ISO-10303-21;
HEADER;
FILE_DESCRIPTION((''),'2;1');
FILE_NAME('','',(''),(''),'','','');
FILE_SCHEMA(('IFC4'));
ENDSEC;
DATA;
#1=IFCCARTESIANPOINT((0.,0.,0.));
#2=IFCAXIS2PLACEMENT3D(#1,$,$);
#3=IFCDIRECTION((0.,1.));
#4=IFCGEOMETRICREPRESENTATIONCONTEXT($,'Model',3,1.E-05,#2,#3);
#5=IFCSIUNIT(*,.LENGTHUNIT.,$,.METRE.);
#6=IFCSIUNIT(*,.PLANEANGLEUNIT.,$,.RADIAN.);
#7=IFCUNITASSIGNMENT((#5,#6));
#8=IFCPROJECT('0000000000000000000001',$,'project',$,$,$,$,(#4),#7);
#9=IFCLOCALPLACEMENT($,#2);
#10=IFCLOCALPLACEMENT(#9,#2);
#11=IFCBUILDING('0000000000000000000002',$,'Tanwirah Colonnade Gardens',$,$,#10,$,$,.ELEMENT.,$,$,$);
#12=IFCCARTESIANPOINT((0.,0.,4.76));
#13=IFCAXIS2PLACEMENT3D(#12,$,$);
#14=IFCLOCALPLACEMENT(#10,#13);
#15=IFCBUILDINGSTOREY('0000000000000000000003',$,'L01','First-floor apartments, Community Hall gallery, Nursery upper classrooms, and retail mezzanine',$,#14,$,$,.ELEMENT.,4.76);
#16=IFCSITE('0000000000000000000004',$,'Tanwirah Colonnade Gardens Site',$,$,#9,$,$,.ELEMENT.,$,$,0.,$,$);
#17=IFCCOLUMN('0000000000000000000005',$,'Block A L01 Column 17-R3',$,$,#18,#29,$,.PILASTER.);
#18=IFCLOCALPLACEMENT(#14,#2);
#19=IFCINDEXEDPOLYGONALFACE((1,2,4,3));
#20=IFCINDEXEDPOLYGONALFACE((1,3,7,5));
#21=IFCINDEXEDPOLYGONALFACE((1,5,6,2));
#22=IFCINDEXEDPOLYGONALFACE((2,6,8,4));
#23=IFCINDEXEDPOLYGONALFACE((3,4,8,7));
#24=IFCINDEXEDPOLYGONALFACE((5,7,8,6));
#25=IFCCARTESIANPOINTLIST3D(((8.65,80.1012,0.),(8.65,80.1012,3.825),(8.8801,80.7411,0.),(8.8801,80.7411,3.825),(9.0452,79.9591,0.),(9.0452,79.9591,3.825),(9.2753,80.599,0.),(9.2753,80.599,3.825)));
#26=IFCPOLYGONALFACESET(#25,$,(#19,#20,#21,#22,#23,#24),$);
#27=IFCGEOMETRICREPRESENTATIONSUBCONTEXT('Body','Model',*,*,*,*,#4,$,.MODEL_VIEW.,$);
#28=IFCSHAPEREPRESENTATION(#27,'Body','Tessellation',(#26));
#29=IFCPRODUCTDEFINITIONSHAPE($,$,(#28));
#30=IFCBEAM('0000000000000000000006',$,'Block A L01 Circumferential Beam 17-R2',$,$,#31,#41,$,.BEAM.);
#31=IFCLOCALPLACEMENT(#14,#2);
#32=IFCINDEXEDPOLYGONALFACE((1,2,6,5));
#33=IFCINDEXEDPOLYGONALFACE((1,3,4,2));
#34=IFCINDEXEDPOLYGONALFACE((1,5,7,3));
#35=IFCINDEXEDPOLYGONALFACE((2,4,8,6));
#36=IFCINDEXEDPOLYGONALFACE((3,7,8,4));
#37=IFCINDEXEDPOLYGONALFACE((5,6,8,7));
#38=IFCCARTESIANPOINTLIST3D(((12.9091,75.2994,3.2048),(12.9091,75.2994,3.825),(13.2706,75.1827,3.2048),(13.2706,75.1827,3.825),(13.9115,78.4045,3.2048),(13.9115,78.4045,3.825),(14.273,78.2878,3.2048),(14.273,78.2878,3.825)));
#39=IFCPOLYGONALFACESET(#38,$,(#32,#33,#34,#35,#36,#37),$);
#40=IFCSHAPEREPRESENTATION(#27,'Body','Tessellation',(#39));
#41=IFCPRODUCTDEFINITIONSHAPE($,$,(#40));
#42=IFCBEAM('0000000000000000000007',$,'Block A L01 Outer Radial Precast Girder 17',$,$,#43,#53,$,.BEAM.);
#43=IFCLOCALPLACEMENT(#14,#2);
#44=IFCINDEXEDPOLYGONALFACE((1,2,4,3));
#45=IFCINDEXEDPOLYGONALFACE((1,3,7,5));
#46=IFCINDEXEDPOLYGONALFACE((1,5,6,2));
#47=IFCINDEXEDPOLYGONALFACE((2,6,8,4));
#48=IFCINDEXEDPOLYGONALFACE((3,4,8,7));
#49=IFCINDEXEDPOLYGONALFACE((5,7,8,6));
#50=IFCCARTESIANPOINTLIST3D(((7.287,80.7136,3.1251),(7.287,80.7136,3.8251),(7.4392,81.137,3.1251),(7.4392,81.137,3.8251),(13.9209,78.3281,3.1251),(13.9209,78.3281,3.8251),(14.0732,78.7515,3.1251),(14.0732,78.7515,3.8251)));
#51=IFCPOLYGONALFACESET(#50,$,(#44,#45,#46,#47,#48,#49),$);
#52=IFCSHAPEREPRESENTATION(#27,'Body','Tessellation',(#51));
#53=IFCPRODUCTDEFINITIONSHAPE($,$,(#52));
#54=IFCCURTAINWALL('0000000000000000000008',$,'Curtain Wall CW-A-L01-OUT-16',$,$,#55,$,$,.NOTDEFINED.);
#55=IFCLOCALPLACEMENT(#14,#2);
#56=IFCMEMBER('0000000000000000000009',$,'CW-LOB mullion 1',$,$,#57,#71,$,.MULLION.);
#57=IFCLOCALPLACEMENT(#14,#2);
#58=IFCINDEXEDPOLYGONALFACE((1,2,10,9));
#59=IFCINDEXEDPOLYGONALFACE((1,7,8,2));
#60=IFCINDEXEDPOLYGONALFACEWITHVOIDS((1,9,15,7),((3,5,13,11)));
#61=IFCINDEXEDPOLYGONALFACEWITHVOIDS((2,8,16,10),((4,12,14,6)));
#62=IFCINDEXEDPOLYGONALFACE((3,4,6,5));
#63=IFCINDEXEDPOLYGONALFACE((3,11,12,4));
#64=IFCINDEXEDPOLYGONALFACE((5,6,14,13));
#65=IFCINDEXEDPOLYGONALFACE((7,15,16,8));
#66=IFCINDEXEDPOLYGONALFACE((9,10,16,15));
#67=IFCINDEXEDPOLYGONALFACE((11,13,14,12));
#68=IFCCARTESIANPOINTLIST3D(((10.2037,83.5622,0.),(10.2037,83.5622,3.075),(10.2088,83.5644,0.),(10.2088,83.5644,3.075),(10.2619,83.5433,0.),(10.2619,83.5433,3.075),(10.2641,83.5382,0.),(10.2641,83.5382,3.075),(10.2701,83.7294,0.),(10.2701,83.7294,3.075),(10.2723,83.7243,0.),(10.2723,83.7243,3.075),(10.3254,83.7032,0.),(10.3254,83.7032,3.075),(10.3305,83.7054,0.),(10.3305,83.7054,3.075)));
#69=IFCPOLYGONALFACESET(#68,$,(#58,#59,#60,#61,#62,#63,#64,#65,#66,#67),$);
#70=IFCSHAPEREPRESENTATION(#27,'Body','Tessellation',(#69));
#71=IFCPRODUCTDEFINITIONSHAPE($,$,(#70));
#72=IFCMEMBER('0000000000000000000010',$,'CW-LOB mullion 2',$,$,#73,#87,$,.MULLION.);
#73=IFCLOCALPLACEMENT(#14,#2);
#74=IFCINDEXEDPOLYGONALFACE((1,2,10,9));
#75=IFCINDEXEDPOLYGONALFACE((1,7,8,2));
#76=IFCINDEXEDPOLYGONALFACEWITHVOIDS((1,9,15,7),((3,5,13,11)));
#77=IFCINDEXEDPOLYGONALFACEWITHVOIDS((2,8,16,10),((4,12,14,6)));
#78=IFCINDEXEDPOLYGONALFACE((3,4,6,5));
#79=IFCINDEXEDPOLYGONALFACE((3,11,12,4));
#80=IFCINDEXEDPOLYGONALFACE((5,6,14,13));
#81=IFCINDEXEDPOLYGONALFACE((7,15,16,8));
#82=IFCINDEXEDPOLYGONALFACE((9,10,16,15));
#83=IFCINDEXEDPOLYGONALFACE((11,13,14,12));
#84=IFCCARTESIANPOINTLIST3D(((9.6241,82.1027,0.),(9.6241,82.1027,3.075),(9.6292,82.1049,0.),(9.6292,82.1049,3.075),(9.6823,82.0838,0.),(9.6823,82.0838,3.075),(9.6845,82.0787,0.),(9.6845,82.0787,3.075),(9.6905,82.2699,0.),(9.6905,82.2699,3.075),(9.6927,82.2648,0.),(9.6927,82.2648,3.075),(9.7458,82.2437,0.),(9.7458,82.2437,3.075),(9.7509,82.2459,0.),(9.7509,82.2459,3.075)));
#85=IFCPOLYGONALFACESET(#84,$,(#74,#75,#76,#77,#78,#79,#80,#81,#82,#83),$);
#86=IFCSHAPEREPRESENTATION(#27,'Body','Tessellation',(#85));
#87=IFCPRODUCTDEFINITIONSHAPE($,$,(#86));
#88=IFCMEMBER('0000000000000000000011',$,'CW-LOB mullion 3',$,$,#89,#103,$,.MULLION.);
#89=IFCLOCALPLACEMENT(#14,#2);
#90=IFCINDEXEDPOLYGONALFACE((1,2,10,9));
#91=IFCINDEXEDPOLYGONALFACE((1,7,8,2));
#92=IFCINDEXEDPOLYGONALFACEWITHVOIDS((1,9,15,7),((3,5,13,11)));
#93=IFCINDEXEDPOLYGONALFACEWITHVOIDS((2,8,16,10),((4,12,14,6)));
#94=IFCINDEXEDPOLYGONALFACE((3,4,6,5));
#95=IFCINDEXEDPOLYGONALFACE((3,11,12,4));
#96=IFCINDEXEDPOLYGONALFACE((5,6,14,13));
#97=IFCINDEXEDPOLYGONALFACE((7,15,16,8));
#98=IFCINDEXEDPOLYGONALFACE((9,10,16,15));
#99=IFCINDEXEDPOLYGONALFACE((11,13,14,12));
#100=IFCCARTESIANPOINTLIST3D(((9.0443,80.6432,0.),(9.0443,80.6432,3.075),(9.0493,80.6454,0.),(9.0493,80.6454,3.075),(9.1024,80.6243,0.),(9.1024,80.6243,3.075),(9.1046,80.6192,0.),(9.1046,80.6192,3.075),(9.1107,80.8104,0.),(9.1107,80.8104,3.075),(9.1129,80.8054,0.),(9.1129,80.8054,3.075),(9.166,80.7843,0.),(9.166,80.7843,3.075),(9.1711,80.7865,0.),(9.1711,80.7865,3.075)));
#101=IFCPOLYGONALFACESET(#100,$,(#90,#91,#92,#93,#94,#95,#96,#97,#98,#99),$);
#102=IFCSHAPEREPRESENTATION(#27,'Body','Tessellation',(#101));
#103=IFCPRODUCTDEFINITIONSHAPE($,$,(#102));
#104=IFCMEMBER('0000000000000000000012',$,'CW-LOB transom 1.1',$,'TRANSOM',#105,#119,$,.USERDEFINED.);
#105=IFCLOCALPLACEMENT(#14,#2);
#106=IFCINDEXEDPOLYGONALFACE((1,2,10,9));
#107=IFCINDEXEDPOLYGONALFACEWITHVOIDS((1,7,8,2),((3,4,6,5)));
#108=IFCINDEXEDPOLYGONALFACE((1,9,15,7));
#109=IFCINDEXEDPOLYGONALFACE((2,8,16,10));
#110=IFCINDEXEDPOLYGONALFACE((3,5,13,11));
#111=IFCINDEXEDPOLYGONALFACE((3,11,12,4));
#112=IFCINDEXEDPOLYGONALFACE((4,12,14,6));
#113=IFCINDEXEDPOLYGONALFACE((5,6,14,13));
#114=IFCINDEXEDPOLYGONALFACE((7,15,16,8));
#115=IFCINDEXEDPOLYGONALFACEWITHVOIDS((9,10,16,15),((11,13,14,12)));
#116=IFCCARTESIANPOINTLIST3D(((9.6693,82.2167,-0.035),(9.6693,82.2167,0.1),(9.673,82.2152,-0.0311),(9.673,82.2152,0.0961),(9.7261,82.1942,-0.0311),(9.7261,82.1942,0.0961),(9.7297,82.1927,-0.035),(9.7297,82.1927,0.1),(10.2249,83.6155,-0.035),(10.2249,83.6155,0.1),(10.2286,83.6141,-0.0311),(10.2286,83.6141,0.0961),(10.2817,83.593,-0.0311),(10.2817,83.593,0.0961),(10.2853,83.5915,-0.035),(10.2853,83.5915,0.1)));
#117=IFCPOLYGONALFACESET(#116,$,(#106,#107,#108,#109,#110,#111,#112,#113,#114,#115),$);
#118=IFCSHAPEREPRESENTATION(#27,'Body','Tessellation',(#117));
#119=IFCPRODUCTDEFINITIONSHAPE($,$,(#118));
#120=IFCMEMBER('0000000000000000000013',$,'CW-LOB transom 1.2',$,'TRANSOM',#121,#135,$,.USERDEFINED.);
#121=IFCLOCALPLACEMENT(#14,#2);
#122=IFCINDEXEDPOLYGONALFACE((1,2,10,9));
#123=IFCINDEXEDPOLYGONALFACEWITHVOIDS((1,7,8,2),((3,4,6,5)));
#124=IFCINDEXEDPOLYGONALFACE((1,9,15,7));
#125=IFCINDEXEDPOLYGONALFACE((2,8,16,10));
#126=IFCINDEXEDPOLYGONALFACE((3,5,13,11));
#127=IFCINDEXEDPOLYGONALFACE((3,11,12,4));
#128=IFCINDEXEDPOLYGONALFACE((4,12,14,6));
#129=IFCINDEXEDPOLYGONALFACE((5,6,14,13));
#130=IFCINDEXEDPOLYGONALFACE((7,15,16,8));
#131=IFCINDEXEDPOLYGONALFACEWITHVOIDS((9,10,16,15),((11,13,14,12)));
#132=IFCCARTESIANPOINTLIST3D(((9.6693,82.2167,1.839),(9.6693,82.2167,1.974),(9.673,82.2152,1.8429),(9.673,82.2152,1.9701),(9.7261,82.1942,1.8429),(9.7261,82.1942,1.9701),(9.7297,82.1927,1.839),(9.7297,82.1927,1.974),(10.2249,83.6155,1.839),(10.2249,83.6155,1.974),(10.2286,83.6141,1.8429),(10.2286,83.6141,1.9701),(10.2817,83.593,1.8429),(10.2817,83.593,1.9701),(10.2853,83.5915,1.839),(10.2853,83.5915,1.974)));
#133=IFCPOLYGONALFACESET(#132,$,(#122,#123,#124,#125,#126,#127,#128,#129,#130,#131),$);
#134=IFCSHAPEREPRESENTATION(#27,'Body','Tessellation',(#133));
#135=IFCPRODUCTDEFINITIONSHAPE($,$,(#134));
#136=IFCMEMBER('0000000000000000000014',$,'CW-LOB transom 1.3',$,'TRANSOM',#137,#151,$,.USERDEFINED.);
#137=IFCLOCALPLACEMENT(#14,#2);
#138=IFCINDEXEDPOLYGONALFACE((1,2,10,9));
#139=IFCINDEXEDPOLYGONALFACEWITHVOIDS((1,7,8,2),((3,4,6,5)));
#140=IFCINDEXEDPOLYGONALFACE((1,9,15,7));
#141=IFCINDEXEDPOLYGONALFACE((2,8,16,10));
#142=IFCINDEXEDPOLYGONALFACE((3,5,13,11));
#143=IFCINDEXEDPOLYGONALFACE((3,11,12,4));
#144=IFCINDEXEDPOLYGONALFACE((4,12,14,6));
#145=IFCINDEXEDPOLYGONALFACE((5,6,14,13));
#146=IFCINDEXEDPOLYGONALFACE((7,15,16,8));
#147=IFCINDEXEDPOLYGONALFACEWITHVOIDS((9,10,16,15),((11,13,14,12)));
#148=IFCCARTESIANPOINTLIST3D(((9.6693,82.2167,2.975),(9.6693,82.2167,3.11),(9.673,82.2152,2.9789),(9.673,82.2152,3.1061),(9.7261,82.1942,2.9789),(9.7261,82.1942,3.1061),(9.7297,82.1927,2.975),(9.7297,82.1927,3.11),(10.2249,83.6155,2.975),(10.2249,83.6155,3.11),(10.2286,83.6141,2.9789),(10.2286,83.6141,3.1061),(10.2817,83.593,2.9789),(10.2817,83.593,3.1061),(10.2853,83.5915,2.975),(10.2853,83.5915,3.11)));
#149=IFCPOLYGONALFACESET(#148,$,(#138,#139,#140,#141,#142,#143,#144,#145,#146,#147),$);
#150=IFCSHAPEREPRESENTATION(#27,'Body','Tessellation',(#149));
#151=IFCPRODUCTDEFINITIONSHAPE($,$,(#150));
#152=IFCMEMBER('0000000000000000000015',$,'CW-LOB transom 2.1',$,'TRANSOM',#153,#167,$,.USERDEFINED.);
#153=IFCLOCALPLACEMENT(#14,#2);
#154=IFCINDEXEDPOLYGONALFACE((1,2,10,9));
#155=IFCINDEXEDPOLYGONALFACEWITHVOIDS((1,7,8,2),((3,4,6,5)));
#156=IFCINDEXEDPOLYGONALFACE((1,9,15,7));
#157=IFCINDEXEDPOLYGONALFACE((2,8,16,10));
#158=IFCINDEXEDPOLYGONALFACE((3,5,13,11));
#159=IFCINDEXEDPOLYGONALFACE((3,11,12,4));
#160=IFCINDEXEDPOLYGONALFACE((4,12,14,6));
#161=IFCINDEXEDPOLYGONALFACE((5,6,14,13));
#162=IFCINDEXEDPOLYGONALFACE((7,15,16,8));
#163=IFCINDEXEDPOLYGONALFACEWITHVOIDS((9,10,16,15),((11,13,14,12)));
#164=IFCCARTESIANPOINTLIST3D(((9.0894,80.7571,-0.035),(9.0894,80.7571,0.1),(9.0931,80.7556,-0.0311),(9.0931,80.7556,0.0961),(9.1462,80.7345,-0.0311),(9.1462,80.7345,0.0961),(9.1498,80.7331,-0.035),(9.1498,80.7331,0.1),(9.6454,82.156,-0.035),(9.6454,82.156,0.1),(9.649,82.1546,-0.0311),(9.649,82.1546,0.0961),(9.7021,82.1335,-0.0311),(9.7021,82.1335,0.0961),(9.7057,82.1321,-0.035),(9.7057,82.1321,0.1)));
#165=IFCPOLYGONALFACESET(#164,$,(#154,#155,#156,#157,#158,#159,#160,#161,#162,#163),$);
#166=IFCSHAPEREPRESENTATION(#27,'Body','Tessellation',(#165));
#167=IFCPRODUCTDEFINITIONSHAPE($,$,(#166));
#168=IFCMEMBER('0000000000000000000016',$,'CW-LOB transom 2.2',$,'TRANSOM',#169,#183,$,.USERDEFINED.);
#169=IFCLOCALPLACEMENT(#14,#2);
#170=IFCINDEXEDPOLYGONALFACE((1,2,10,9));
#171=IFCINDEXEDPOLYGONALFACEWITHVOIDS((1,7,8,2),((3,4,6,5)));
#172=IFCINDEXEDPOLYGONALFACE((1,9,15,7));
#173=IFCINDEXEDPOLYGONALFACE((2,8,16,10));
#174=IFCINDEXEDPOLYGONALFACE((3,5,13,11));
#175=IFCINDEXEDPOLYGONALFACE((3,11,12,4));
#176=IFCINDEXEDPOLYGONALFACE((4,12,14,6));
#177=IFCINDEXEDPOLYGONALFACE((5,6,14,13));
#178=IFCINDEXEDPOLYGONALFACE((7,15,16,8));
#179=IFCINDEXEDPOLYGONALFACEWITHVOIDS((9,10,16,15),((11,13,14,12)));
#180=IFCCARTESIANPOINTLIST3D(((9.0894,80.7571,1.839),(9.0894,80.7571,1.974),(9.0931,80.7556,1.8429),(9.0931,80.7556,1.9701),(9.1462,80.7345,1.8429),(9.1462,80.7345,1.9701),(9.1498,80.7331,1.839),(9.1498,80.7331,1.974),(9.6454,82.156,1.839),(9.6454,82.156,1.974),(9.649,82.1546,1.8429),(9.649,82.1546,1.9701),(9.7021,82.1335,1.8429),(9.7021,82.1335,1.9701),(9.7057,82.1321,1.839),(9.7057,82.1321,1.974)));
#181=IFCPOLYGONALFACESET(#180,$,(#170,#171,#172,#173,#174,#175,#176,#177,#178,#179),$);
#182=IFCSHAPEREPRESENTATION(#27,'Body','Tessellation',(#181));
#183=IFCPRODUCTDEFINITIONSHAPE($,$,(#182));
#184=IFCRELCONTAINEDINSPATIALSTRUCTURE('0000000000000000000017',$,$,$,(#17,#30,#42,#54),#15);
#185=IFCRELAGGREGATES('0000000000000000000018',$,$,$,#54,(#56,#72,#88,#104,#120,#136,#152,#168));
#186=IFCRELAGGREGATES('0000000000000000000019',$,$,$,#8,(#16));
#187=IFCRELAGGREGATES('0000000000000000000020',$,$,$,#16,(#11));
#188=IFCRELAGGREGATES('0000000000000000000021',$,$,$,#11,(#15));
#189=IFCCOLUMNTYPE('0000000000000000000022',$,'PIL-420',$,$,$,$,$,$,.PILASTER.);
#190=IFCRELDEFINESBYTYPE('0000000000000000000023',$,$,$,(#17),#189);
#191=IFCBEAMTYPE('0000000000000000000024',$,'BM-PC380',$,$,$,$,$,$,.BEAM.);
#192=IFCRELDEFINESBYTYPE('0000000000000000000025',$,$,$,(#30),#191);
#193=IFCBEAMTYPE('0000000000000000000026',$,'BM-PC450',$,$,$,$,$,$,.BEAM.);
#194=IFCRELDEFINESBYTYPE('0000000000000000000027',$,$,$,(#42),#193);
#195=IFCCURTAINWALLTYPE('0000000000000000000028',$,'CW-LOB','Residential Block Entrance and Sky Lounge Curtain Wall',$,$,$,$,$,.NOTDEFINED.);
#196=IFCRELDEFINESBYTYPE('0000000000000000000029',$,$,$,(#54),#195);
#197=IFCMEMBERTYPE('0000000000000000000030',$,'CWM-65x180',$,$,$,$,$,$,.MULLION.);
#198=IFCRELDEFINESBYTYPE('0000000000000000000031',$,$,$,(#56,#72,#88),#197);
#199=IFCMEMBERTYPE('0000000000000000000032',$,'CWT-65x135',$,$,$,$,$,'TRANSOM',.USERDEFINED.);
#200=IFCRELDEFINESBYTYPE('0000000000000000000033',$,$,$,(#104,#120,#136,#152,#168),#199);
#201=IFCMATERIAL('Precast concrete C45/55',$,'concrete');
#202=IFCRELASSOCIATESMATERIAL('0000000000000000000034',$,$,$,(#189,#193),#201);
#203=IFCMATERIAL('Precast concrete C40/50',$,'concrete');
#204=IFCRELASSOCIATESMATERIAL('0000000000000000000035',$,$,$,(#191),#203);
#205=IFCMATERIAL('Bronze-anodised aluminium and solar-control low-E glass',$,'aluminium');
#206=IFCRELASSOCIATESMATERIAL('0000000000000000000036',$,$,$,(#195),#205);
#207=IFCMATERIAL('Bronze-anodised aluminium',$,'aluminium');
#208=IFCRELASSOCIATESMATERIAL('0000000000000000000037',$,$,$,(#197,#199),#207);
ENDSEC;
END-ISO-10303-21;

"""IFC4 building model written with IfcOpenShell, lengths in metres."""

from ifc_helpers import new_model, si_unit, direction, frame, origin, origin_2d, place, context, subcontext, project, spatial, rectangle, hollow_rectangle, extrude, material, material_profile, profile_set, type_object, element, aggregate, save


model = new_model("IFC4")

# Units and contexts
model_context = context("Model", 3, precision=1e-05, world=origin(), true_north=direction((0.0, 1.0)))
body_context = subcontext(model_context, "Body", "Model", "MODEL_VIEW")
ifc_project = project(units=[si_unit("LENGTHUNIT", "METRE"), si_unit("PLANEANGLEUNIT", "RADIAN")], contexts=[model_context])

# Site, building, storey
site_placement = place(None, origin())
site = spatial("IfcSite", under=ifc_project, at=site_placement, Name="Tanwirah Colonnade Gardens Site", CompositionType="ELEMENT", RefElevation=0.0)
building_placement = place(site_placement, origin())
building = spatial("IfcBuilding", under=site, at=building_placement, Name="Tanwirah Colonnade Gardens", CompositionType="ELEMENT")
storey_placement = place(building_placement, frame((0.0, 0.0, 4.76)))
storey = spatial("IfcBuildingStorey", under=building, at=storey_placement, Name="L01", Description="First-floor apartments, Community Hall gallery, Nursery upper classrooms, and retail mezzanine", CompositionType="ELEMENT", Elevation=4.76)

# Column
ifc_material_1 = material(Name="Precast concrete C45/55", Category="concrete")
ifc_material_profile_1 = material_profile(ifc_material_1, rectangle(XDim=0.4199, YDim=0.6799, at=origin_2d()), Name="PC-PIL 420x680")
ifc_profile_set_1 = profile_set([ifc_material_profile_1], Name="Precast concrete C45/55")
column_type = type_object("IfcColumnType", Name="PIL-420", PredefinedType="PILASTER", material=ifc_profile_set_1)
column_placement = place(storey_placement, frame((8.9626, 80.3501, 0.0), z_axis=(0.0, 0.0, 1.0), x_axis=(-0.941012, 0.338373, 0.0)))
element("IfcColumn", 1, at=column_placement, inside=storey, type_object=column_type, Name="Block A L01 Column 17-R3", PredefinedType="PILASTER", context=body_context, shape_type="SweptSolid", body=[
    extrude(rectangle(XDim=0.4199, YDim=0.6799, at=origin_2d()), origin(), (0.0, 0.0, 1.0), 3.825),
])

# Beams
ifc_material_2 = material(Name="Precast concrete C40/50", Category="concrete")
ifc_material_profile_2 = material_profile(ifc_material_2, rectangle(XDim=0.3799, YDim=0.6201, at=origin_2d()), Name="PC-BM 380x620")
ifc_profile_set_2 = profile_set([ifc_material_profile_2], Name="Precast concrete C40/50")
beam_type_1 = type_object("IfcBeamType", Name="BM-PC380", PredefinedType="BEAM", material=ifc_profile_set_2)
beam_1_placement = place(storey_placement, frame((14.0923, 78.3462, 3.5149), z_axis=(-0.307213, -0.951641, 0.0), x_axis=(0.951641, -0.307213, 0.0)))
element("IfcBeam", 2, at=beam_1_placement, inside=storey, type_object=beam_type_1, Name="Block A L01 Circumferential Beam 17-R2", PredefinedType="BEAM", context=body_context, shape_type="SweptSolid", body=[
    extrude(rectangle(XDim=0.3799, YDim=0.6201, at=origin_2d()), origin(), (0.0, 0.0, 1.0), 3.2629),
])
ifc_material_profile_3 = material_profile(ifc_material_1, rectangle(XDim=0.45, YDim=0.7, at=origin_2d()), Name="PC-BM 450x700")
ifc_profile_set_3 = profile_set([ifc_material_profile_3], Name="Precast concrete C45/55")
beam_type_2 = type_object("IfcBeamType", Name="BM-PC450", PredefinedType="BEAM", material=ifc_profile_set_3)
beam_2_placement = place(storey_placement, frame((13.9971, 78.5398, 3.4751), z_axis=(-0.941012, 0.338374, 0.0), x_axis=(-0.338374, -0.941012, 0.0)))
element("IfcBeam", 3, at=beam_2_placement, inside=storey, type_object=beam_type_2, Name="Block A L01 Outer Radial Precast Girder 17", PredefinedType="BEAM", context=body_context, shape_type="SweptSolid", body=[
    extrude(rectangle(XDim=0.45, YDim=0.7, at=origin_2d()), origin(), (0.0, 0.0, 1.0), 7.0498),
])

# Curtain wall, members
ifc_material_3 = material(Name="Bronze-anodised aluminium and solar-control low-E glass", Category="aluminium")
curtain_wall_type = type_object("IfcCurtainWallType", Name="CW-LOB", Description="Residential Block Entrance and Sky Lounge Curtain Wall", PredefinedType="NOTDEFINED", material=ifc_material_3)
curtain_wall_placement = place(storey_placement, origin())
curtain_wall = element("IfcCurtainWall", 4, at=curtain_wall_placement, inside=storey, type_object=curtain_wall_type, Name="Curtain Wall CW-A-L01-OUT-16", PredefinedType="NOTDEFINED")
ifc_material_4 = material(Name="Bronze-anodised aluminium", Category="aluminium")
ifc_material_profile_4 = material_profile(ifc_material_4, hollow_rectangle(XDim=0.0649, YDim=0.1799, WallThickness=0.0039, at=origin_2d()), Name="CW-MUL 65x180x4")
ifc_profile_set_4 = profile_set([ifc_material_profile_4], Name="Bronze-anodised aluminium")
member_type_1 = type_object("IfcMemberType", Name="CWM-65x180", PredefinedType="MULLION", material=ifc_profile_set_4)
member_1_placement = place(storey_placement, frame((10.2671, 83.6338, 0.0), z_axis=(0.0, 0.0, 1.0), x_axis=(0.929347, -0.369208, 0.0)))
member_1 = element("IfcMember", 5, at=member_1_placement, type_object=member_type_1, Name="CW-LOB mullion 1", PredefinedType="MULLION", context=body_context, shape_type="SweptSolid", body=[
    extrude(hollow_rectangle(XDim=0.0649, YDim=0.1799, WallThickness=0.0039, at=origin_2d()), origin(), (0.0, 0.0, 1.0), 3.075),
])
member_2_placement = place(storey_placement, frame((9.6875, 82.1743, 0.0), z_axis=(0.0, 0.0, 1.0), x_axis=(0.929347, -0.369208, 0.0)))
member_2 = element("IfcMember", 6, at=member_2_placement, type_object=member_type_1, Name="CW-LOB mullion 2", PredefinedType="MULLION", context=body_context, shape_type="SweptSolid", body=[
    extrude(hollow_rectangle(XDim=0.0649, YDim=0.1799, WallThickness=0.0039, at=origin_2d()), origin(), (0.0, 0.0, 1.0), 3.075),
])
member_3_placement = place(storey_placement, frame((9.1077, 80.7148, 0.0), z_axis=(0.0, 0.0, 1.0), x_axis=(0.929347, -0.369208, 0.0)))
member_3 = element("IfcMember", 7, at=member_3_placement, type_object=member_type_1, Name="CW-LOB mullion 3", PredefinedType="MULLION", context=body_context, shape_type="SweptSolid", body=[
    extrude(hollow_rectangle(XDim=0.0649, YDim=0.1799, WallThickness=0.0039, at=origin_2d()), origin(), (0.0, 0.0, 1.0), 3.075),
])
ifc_material_profile_5 = material_profile(ifc_material_4, hollow_rectangle(XDim=0.0649, YDim=0.135, WallThickness=0.0039, at=origin_2d()), Name="CW-TRN 65x135x4")
ifc_profile_set_5 = profile_set([ifc_material_profile_5], Name="Bronze-anodised aluminium")
member_type_2 = type_object("IfcMemberType", Name="CWT-65x135", ElementType="TRANSOM", PredefinedType="USERDEFINED", material=ifc_profile_set_5)
member_4_placement = place(storey_placement, frame((10.2551, 83.6035, 0.0325), z_axis=(-0.369152, -0.929369, 0.0), x_axis=(0.929369, -0.369152, 0.0)))
member_4 = element("IfcMember", 8, at=member_4_placement, type_object=member_type_2, Name="CW-LOB transom 1.1", ObjectType="TRANSOM", PredefinedType="USERDEFINED", context=body_context, shape_type="SweptSolid", body=[
    extrude(hollow_rectangle(XDim=0.0649, YDim=0.135, WallThickness=0.0039, at=origin_2d()), origin(), (0.0, 0.0, 1.0), 1.5051),
])
member_5_placement = place(storey_placement, frame((10.2551, 83.6035, 1.9065), z_axis=(-0.369152, -0.929369, 0.0), x_axis=(0.929369, -0.369152, 0.0)))
member_5 = element("IfcMember", 9, at=member_5_placement, type_object=member_type_2, Name="CW-LOB transom 1.2", ObjectType="TRANSOM", PredefinedType="USERDEFINED", context=body_context, shape_type="SweptSolid", body=[
    extrude(hollow_rectangle(XDim=0.0649, YDim=0.135, WallThickness=0.0039, at=origin_2d()), origin(), (0.0, 0.0, 1.0), 1.5051),
])
member_6_placement = place(storey_placement, frame((10.2551, 83.6035, 3.0425), z_axis=(-0.369152, -0.929369, 0.0), x_axis=(0.929369, -0.369152, 0.0)))
member_6 = element("IfcMember", 10, at=member_6_placement, type_object=member_type_2, Name="CW-LOB transom 1.3", ObjectType="TRANSOM", PredefinedType="USERDEFINED", context=body_context, shape_type="SweptSolid", body=[
    extrude(hollow_rectangle(XDim=0.0649, YDim=0.135, WallThickness=0.0039, at=origin_2d()), origin(), (0.0, 0.0, 1.0), 1.5051),
])
member_7_placement = place(storey_placement, frame((9.6755, 82.144, 0.0325), z_axis=(-0.369293, -0.929313, 0.0), x_axis=(0.929313, -0.369293, 0.0)))
member_7 = element("IfcMember", 11, at=member_7_placement, type_object=member_type_2, Name="CW-LOB transom 2.1", ObjectType="TRANSOM", PredefinedType="USERDEFINED", context=body_context, shape_type="SweptSolid", body=[
    extrude(hollow_rectangle(XDim=0.0649, YDim=0.135, WallThickness=0.0039, at=origin_2d()), origin(), (0.0, 0.0, 1.0), 1.5054),
])
member_8_placement = place(storey_placement, frame((9.6755, 82.144, 1.9065), z_axis=(-0.369293, -0.929313, 0.0), x_axis=(0.929313, -0.369293, 0.0)))
member_8 = element("IfcMember", 12, at=member_8_placement, type_object=member_type_2, Name="CW-LOB transom 2.2", ObjectType="TRANSOM", PredefinedType="USERDEFINED", context=body_context, shape_type="SweptSolid", body=[
    extrude(hollow_rectangle(XDim=0.0649, YDim=0.135, WallThickness=0.0039, at=origin_2d()), origin(), (0.0, 0.0, 1.0), 1.5054),
])

aggregate(curtain_wall, [member_1, member_2, member_3, member_4, member_5, member_6, member_7, member_8])

save(model, "model.ifc")
